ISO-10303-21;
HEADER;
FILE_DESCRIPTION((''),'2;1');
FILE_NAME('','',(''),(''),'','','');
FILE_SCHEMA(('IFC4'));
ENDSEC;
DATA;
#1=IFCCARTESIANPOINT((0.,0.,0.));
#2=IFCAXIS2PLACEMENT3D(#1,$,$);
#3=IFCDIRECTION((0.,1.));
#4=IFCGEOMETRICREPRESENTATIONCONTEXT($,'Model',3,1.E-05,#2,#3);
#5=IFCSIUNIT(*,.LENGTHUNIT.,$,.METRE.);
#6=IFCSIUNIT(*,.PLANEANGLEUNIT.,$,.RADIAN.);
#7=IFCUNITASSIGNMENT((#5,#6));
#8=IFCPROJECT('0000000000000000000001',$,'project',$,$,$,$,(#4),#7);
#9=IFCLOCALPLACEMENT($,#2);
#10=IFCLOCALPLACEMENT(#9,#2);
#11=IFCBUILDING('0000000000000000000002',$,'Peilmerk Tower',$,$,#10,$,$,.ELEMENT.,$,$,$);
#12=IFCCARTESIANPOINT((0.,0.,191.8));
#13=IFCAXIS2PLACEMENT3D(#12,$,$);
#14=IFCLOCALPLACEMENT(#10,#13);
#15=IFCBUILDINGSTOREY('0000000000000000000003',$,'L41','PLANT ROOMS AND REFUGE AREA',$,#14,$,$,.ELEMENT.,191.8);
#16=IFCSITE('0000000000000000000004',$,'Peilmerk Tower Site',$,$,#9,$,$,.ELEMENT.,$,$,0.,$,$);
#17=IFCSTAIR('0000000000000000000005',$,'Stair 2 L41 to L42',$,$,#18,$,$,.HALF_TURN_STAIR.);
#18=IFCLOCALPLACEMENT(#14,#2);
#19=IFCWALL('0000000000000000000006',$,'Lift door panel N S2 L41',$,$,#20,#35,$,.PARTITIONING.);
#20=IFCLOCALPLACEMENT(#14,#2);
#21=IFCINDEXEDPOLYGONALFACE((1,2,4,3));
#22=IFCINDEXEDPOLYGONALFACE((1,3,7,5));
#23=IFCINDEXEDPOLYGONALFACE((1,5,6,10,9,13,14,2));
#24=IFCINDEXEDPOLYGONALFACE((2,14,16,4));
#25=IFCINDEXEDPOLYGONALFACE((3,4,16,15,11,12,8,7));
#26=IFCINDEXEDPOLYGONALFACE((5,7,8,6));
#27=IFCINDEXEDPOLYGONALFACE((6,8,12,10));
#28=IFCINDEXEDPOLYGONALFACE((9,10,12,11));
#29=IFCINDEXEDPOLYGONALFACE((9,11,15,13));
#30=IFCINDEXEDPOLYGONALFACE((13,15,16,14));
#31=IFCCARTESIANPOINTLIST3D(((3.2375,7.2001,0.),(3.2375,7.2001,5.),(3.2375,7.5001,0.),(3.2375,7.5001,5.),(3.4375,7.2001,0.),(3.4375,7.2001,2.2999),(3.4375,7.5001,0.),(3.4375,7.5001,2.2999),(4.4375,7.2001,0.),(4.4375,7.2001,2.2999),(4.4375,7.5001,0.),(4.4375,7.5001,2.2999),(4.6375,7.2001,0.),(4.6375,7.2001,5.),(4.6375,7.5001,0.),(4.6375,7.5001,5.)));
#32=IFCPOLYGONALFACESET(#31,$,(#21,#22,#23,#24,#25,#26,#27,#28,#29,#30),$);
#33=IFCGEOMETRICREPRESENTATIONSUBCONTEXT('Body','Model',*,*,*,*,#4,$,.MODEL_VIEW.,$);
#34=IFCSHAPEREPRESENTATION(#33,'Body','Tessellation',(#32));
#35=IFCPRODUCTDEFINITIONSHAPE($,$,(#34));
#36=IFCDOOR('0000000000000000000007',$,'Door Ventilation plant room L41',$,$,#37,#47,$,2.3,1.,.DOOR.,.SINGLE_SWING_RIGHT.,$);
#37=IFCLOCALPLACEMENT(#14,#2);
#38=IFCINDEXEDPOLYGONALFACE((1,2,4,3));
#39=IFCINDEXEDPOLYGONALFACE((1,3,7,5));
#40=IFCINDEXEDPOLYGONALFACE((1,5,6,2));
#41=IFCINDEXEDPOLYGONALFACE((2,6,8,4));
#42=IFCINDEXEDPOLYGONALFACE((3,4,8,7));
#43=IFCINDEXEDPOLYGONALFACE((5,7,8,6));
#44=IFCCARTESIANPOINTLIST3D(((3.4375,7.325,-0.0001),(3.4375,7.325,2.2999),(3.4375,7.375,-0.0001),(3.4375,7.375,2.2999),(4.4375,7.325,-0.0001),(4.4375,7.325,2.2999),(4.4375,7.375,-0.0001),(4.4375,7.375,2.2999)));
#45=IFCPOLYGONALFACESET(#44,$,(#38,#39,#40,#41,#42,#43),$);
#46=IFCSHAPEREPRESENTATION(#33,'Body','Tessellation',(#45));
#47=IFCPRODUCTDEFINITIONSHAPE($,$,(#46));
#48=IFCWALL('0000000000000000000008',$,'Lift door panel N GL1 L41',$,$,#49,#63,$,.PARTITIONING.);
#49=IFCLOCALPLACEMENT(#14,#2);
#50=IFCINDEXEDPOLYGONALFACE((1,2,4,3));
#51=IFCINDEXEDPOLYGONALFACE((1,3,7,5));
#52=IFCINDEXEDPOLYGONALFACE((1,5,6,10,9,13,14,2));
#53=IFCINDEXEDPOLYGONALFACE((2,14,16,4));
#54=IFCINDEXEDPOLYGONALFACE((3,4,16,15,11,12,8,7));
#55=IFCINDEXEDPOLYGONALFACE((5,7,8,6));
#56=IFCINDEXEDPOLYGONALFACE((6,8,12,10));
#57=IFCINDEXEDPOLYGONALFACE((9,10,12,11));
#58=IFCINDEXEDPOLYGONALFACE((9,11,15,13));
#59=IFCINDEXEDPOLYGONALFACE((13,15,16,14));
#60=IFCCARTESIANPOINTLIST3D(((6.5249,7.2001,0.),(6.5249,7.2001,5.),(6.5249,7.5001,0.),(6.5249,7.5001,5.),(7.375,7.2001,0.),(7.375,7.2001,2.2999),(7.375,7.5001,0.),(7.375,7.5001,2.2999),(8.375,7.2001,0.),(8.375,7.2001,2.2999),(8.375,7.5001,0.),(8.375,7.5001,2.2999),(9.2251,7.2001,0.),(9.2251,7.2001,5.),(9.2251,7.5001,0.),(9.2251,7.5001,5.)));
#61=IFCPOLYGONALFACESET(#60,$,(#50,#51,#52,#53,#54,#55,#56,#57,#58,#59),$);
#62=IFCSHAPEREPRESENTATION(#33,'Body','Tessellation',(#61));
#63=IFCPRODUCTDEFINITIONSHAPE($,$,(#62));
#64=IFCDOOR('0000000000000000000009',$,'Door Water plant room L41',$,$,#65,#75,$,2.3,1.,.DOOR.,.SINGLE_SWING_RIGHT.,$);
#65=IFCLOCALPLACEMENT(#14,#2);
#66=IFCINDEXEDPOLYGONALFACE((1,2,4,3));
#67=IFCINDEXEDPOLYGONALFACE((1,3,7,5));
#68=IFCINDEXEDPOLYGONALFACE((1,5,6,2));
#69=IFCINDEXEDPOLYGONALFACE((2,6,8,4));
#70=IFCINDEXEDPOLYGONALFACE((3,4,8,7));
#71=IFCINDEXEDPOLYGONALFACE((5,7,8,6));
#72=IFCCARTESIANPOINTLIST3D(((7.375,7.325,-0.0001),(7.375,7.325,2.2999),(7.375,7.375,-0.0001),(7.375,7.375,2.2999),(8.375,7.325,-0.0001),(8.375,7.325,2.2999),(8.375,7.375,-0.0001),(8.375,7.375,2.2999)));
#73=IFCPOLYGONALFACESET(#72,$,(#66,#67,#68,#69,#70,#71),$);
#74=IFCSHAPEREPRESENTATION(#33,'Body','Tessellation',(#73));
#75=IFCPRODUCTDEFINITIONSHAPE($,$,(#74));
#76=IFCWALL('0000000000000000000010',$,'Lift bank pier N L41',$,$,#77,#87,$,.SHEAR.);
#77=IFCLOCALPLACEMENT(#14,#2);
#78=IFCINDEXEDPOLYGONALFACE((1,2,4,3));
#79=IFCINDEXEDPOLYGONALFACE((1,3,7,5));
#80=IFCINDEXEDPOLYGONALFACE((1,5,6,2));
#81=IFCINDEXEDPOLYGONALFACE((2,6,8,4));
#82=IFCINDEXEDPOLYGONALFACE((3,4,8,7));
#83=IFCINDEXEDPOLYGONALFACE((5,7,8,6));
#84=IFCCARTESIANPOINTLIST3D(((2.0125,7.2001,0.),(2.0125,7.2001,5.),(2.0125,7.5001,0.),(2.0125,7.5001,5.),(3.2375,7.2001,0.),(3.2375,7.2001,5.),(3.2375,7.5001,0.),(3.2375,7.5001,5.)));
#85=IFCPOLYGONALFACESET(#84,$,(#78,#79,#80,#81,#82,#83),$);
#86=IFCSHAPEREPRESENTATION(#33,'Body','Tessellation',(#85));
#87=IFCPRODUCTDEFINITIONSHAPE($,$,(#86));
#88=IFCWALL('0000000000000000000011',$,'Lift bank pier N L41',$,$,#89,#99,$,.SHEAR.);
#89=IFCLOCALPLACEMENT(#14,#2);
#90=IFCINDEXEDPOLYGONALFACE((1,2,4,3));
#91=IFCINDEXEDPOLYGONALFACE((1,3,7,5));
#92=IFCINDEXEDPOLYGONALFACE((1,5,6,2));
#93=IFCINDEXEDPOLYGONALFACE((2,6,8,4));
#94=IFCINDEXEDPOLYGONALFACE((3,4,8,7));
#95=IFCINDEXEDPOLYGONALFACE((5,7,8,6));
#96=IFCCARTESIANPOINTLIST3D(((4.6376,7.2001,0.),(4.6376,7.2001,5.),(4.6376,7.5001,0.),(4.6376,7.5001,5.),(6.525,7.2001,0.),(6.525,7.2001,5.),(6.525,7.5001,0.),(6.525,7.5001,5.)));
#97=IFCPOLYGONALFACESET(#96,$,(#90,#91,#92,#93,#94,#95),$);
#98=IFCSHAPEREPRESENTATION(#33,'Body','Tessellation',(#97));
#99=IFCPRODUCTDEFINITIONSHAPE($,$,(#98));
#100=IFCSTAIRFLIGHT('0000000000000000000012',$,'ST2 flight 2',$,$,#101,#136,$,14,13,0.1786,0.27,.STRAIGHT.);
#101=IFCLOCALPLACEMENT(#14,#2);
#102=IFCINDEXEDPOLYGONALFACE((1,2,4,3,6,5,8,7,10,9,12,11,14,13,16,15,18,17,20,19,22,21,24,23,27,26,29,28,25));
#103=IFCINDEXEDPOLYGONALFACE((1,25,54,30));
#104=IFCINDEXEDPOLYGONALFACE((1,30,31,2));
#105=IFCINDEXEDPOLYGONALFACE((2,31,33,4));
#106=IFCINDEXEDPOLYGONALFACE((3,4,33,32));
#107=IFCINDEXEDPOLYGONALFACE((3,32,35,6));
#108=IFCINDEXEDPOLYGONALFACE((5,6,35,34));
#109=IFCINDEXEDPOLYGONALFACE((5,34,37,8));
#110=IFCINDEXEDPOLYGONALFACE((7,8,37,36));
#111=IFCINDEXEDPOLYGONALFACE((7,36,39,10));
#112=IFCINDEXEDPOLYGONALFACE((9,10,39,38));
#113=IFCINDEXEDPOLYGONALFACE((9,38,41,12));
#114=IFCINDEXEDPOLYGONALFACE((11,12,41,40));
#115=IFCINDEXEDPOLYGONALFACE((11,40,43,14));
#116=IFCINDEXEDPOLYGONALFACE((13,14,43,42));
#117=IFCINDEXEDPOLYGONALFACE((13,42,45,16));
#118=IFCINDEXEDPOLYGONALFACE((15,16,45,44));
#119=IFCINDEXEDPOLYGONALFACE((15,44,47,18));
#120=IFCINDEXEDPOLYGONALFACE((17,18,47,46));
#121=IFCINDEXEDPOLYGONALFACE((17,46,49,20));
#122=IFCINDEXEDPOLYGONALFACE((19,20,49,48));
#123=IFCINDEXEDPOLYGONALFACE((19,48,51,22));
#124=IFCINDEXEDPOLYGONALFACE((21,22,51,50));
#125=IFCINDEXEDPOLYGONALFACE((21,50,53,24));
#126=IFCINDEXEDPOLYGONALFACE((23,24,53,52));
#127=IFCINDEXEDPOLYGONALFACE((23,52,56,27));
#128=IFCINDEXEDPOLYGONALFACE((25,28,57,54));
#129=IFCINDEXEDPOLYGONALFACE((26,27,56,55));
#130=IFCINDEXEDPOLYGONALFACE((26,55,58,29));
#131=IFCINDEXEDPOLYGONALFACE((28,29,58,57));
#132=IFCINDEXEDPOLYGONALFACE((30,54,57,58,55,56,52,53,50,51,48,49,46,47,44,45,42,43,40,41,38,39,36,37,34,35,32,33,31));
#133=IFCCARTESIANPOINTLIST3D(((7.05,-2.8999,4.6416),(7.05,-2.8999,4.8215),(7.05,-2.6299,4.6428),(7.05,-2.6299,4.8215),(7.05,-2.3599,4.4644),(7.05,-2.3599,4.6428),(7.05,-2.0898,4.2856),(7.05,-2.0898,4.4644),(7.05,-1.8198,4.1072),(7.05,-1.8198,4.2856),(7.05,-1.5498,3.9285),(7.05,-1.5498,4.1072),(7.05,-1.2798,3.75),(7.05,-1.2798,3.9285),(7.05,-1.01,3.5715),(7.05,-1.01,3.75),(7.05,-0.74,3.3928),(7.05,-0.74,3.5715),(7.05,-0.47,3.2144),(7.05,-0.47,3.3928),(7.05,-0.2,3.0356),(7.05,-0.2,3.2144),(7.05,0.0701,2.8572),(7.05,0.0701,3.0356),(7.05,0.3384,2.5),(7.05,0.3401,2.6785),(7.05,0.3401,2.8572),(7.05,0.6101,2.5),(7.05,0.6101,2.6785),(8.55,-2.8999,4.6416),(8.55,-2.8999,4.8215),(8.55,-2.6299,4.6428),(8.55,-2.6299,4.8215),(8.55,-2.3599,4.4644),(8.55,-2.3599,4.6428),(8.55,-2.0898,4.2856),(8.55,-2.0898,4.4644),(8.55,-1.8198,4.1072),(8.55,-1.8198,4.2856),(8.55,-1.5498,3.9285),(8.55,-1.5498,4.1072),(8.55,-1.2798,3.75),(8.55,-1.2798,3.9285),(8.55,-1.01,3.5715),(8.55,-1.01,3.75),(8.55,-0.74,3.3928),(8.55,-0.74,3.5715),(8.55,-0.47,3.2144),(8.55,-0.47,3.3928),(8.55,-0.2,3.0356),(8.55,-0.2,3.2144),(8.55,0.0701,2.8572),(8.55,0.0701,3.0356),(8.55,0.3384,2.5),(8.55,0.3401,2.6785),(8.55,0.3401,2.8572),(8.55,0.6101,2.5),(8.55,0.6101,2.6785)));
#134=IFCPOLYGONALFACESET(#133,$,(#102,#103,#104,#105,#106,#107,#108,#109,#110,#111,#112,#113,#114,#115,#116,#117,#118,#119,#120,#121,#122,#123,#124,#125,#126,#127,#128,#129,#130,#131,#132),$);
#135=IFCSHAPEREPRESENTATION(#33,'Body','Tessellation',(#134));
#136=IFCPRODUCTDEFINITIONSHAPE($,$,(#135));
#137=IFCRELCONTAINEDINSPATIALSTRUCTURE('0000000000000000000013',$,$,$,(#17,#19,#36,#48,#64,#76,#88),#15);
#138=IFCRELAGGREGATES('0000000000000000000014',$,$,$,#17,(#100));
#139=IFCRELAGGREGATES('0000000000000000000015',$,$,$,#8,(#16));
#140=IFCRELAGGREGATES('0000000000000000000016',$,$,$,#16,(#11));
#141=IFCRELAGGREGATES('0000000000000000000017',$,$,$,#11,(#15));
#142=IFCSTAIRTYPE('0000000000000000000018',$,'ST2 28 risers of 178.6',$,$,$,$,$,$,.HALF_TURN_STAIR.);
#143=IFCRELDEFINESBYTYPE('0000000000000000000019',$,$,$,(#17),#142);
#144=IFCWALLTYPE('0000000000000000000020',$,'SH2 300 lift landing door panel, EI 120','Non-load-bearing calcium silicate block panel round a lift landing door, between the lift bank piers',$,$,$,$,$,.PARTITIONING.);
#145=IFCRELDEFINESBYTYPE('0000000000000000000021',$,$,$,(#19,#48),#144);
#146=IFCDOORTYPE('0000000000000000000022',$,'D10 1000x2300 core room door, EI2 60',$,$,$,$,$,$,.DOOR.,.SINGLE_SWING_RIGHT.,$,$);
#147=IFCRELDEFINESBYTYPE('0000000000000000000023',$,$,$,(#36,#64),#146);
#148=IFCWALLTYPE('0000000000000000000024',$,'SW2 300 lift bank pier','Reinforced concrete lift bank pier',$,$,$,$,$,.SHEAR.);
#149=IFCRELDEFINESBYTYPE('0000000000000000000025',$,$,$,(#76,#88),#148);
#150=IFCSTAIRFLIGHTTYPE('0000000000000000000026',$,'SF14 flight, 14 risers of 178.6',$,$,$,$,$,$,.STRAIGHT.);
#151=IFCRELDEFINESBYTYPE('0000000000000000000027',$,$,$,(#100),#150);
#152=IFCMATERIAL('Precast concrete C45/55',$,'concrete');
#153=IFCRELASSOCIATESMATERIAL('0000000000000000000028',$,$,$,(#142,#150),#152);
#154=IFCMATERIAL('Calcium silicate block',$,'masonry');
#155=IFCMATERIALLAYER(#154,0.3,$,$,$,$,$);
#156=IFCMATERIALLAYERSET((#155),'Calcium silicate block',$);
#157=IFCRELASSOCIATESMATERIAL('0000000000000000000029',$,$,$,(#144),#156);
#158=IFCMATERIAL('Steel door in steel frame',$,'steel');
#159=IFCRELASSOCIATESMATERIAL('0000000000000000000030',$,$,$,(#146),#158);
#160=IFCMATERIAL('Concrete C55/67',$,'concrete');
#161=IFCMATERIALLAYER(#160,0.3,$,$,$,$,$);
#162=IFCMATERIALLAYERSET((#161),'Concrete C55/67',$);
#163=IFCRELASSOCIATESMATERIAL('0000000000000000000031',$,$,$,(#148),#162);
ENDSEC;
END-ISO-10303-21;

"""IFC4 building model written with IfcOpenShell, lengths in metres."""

from ifc_helpers import new_model, si_unit, direction, frame, frame_2d, origin, place, context, subcontext, project, spatial, polyline, rectangle, outline, extrude, material, layer, layer_set, type_object, element, fill, aggregate, save


model = new_model("IFC4")

# Units and contexts
model_context = context("Model", 3, precision=1e-05, world=origin(), true_north=direction((0.0, 1.0)))
body_context = subcontext(model_context, "Body", "Model", "MODEL_VIEW")
ifc_project = project(units=[si_unit("LENGTHUNIT", "METRE"), si_unit("PLANEANGLEUNIT", "RADIAN")], contexts=[model_context])

# Site, building, storey
site_placement = place(None, origin())
site = spatial("IfcSite", under=ifc_project, at=site_placement, Name="Peilmerk Tower Site", CompositionType="ELEMENT", RefElevation=0.0)
building_placement = place(site_placement, origin())
building = spatial("IfcBuilding", under=site, at=building_placement, Name="Peilmerk Tower", CompositionType="ELEMENT")
storey_placement = place(building_placement, frame((0.0, 0.0, 191.8)))
storey = spatial("IfcBuildingStorey", under=building, at=storey_placement, Name="L41", Description="PLANT ROOMS AND REFUGE AREA", CompositionType="ELEMENT", Elevation=191.8)

# Stair
ifc_material_1 = material(Name="Precast concrete C45/55", Category="concrete")
stair_type_1 = type_object("IfcStairType", Name="ST2 28 risers of 178.6", PredefinedType="HALF_TURN_STAIR", material=ifc_material_1)
stair_1_placement = place(storey_placement, origin())
stair_1 = element("IfcStair", 1, at=stair_1_placement, inside=storey, type_object=stair_type_1, Name="Stair 2 L41 to L42", PredefinedType="HALF_TURN_STAIR")

# Shared definitions
ifc_material_2 = material(Name="Steel door in steel frame", Category="steel")

# Shared definitions
ifc_material_3 = material(Name="Calcium silicate block", Category="masonry")
ifc_layer_1 = layer(ifc_material_3, 0.3)
ifc_layer_set_1 = layer_set([ifc_layer_1], Name="Calcium silicate block")
wall_type_1 = type_object("IfcWallType", Name="SH2 300 lift landing door panel, EI 120", Description="Non-load-bearing calcium silicate block panel round a lift landing door, between the lift bank piers", PredefinedType="PARTITIONING", material=ifc_layer_set_1)

# Walls, openings, doors
wall_1_placement = place(storey_placement, frame((3.2375, 7.3501, 0.0), z_axis=(0.0, 0.0, 1.0), x_axis=(1.0, 0.0, 0.0)))
wall_1 = element("IfcWall", 2, at=wall_1_placement, inside=storey, type_object=wall_type_1, Name="Lift door panel N S2 L41", PredefinedType="PARTITIONING", context=body_context, shape_type="SweptSolid", body=[
    extrude(rectangle(XDim=1.3999, YDim=0.3, at=frame_2d((0.7, 0.0))), origin(), (0.0, 0.0, 1.0), 5.0),
])
opening_1_placement = place(wall_1_placement, frame((0.2, 0.0, 0.0)))
opening_1 = element("IfcOpeningElement", 3, at=opening_1_placement, cuts=wall_1, PredefinedType="OPENING", context=body_context, shape_type="SweptSolid", body=[
    extrude(rectangle(XDim=1.0, YDim=2.3, at=frame_2d((0.5, 1.1499))), frame((0.0, 0.1599, 0.0), z_axis=(0.0, -1.0, 0.0), x_axis=(1.0, 0.0, 0.0)), (0.0, 0.0, 1.0), 0.3201),
])
door_type_1 = type_object("IfcDoorType", Name="D10 1000x2300 core room door, EI2 60", OperationType="SINGLE_SWING_RIGHT", PredefinedType="DOOR", material=ifc_material_2)
door_1_placement = place(opening_1_placement, origin())
door_1 = element("IfcDoor", 4, at=door_1_placement, inside=storey, type_object=door_type_1, Name="Door Ventilation plant room L41", OperationType="SINGLE_SWING_RIGHT", OverallHeight=2.3, OverallWidth=1.0, PredefinedType="DOOR", context=body_context, shape_type="SweptSolid", body=[
    extrude(rectangle(XDim=1.0, YDim=2.3, at=frame_2d((0.5, 1.1499))), frame((0.0, 0.0249, 0.0), z_axis=(0.0, -1.0, 0.0), x_axis=(1.0, 0.0, 0.0)), (0.0, 0.0, 1.0), 0.05),
])
fill(opening_1, door_1)
wall_2_placement = place(storey_placement, frame((6.5249, 7.3501, 0.0), z_axis=(0.0, 0.0, 1.0), x_axis=(1.0, 0.0, 0.0)))
wall_2 = element("IfcWall", 5, at=wall_2_placement, inside=storey, type_object=wall_type_1, Name="Lift door panel N GL1 L41", PredefinedType="PARTITIONING", context=body_context, shape_type="SweptSolid", body=[
    extrude(rectangle(XDim=2.7002, YDim=0.3, at=frame_2d((1.3501, 0.0))), origin(), (0.0, 0.0, 1.0), 5.0),
])
opening_2_placement = place(wall_2_placement, frame((0.8501, 0.0, 0.0)))
opening_2 = element("IfcOpeningElement", 6, at=opening_2_placement, cuts=wall_2, PredefinedType="OPENING", context=body_context, shape_type="SweptSolid", body=[
    extrude(rectangle(XDim=1.0, YDim=2.3, at=frame_2d((0.5, 1.1499))), frame((0.0, 0.1599, 0.0), z_axis=(0.0, -1.0, 0.0), x_axis=(1.0, 0.0, 0.0)), (0.0, 0.0, 1.0), 0.3201),
])
door_2_placement = place(opening_2_placement, origin())
door_2 = element("IfcDoor", 7, at=door_2_placement, inside=storey, type_object=door_type_1, Name="Door Water plant room L41", OperationType="SINGLE_SWING_RIGHT", OverallHeight=2.3, OverallWidth=1.0, PredefinedType="DOOR", context=body_context, shape_type="SweptSolid", body=[
    extrude(rectangle(XDim=1.0, YDim=2.3, at=frame_2d((0.5, 1.1499))), frame((0.0, 0.0249, 0.0), z_axis=(0.0, -1.0, 0.0), x_axis=(1.0, 0.0, 0.0)), (0.0, 0.0, 1.0), 0.05),
])
fill(opening_2, door_2)

# Walls
ifc_material_4 = material(Name="Concrete C55/67", Category="concrete")
ifc_layer_2 = layer(ifc_material_4, 0.3)
ifc_layer_set_2 = layer_set([ifc_layer_2], Name="Concrete C55/67")
wall_type_2 = type_object("IfcWallType", Name="SW2 300 lift bank pier", Description="Reinforced concrete lift bank pier", PredefinedType="SHEAR", material=ifc_layer_set_2)
wall_3_placement = place(storey_placement, frame((2.0125, 7.3501, 0.0), z_axis=(0.0, 0.0, 1.0), x_axis=(1.0, 0.0, 0.0)))
element("IfcWall", 8, at=wall_3_placement, inside=storey, type_object=wall_type_2, Name="Lift bank pier N L41", PredefinedType="SHEAR", context=body_context, shape_type="SweptSolid", body=[
    extrude(rectangle(XDim=1.2251, YDim=0.3, at=frame_2d((0.6125, 0.0))), origin(), (0.0, 0.0, 1.0), 5.0),
])
wall_4_placement = place(storey_placement, frame((4.6375, 7.3501, 0.0), z_axis=(0.0, 0.0, 1.0), x_axis=(1.0, 0.0, 0.0)))
element("IfcWall", 9, at=wall_4_placement, inside=storey, type_object=wall_type_2, Name="Lift bank pier N L41", PredefinedType="SHEAR", context=body_context, shape_type="SweptSolid", body=[
    extrude(rectangle(XDim=1.8875, YDim=0.3, at=frame_2d((0.9438, 0.0))), origin(), (0.0, 0.0, 1.0), 5.0),
])

# Stair flight
stair_flight_type = type_object("IfcStairFlightType", Name="SF14 flight, 14 risers of 178.6", PredefinedType="STRAIGHT", material=ifc_material_1)
stair_flight_placement = place(storey_placement, frame((7.8, 0.6101, 2.5), z_axis=(0.0, 0.0, 1.0), x_axis=(0.0, -1.0, 0.0)))
stair_flight = element("IfcStairFlight", 10, at=stair_flight_placement, type_object=stair_flight_type, Name="ST2 flight 2", NumberOfRisers=14, NumberOfTreads=13, PredefinedType="STRAIGHT", RiserHeight=0.1786, TreadLength=0.27, context=body_context, shape_type="SweptSolid", body=[
    extrude(outline(polyline([(0.0, 0.0), (0.0, 0.1785), (0.27, 0.1785), (0.27, 0.3572), (0.54, 0.3572), (0.54, 0.5356), (0.8101, 0.5356), (0.8101, 0.7144), (1.0801, 0.7144), (1.0801, 0.8928), (1.3501, 0.8928), (1.3501, 1.0715), (1.6201, 1.0715), (1.6201, 1.25), (1.8899, 1.25), (1.8899, 1.4285), (2.1599, 1.4285), (2.1599, 1.6072), (2.4299, 1.6072), (2.4299, 1.7856), (2.7, 1.7856), (2.7, 1.9644), (2.97, 1.9644), (2.97, 2.1428), (3.24, 2.1428), (3.24, 2.3215), (3.51, 2.3215), (3.51, 2.5), (3.51, 2.1416), (0.2717, 0.0), (0.0, 0.0)])), frame((0.0, 0.75, 0.0), z_axis=(0.0, -1.0, 0.0), x_axis=(1.0, 0.0, 0.0)), (0.0, 0.0, 1.0), 1.5),
])
aggregate(stair_1, [stair_flight])

save(model, "model.ifc")
